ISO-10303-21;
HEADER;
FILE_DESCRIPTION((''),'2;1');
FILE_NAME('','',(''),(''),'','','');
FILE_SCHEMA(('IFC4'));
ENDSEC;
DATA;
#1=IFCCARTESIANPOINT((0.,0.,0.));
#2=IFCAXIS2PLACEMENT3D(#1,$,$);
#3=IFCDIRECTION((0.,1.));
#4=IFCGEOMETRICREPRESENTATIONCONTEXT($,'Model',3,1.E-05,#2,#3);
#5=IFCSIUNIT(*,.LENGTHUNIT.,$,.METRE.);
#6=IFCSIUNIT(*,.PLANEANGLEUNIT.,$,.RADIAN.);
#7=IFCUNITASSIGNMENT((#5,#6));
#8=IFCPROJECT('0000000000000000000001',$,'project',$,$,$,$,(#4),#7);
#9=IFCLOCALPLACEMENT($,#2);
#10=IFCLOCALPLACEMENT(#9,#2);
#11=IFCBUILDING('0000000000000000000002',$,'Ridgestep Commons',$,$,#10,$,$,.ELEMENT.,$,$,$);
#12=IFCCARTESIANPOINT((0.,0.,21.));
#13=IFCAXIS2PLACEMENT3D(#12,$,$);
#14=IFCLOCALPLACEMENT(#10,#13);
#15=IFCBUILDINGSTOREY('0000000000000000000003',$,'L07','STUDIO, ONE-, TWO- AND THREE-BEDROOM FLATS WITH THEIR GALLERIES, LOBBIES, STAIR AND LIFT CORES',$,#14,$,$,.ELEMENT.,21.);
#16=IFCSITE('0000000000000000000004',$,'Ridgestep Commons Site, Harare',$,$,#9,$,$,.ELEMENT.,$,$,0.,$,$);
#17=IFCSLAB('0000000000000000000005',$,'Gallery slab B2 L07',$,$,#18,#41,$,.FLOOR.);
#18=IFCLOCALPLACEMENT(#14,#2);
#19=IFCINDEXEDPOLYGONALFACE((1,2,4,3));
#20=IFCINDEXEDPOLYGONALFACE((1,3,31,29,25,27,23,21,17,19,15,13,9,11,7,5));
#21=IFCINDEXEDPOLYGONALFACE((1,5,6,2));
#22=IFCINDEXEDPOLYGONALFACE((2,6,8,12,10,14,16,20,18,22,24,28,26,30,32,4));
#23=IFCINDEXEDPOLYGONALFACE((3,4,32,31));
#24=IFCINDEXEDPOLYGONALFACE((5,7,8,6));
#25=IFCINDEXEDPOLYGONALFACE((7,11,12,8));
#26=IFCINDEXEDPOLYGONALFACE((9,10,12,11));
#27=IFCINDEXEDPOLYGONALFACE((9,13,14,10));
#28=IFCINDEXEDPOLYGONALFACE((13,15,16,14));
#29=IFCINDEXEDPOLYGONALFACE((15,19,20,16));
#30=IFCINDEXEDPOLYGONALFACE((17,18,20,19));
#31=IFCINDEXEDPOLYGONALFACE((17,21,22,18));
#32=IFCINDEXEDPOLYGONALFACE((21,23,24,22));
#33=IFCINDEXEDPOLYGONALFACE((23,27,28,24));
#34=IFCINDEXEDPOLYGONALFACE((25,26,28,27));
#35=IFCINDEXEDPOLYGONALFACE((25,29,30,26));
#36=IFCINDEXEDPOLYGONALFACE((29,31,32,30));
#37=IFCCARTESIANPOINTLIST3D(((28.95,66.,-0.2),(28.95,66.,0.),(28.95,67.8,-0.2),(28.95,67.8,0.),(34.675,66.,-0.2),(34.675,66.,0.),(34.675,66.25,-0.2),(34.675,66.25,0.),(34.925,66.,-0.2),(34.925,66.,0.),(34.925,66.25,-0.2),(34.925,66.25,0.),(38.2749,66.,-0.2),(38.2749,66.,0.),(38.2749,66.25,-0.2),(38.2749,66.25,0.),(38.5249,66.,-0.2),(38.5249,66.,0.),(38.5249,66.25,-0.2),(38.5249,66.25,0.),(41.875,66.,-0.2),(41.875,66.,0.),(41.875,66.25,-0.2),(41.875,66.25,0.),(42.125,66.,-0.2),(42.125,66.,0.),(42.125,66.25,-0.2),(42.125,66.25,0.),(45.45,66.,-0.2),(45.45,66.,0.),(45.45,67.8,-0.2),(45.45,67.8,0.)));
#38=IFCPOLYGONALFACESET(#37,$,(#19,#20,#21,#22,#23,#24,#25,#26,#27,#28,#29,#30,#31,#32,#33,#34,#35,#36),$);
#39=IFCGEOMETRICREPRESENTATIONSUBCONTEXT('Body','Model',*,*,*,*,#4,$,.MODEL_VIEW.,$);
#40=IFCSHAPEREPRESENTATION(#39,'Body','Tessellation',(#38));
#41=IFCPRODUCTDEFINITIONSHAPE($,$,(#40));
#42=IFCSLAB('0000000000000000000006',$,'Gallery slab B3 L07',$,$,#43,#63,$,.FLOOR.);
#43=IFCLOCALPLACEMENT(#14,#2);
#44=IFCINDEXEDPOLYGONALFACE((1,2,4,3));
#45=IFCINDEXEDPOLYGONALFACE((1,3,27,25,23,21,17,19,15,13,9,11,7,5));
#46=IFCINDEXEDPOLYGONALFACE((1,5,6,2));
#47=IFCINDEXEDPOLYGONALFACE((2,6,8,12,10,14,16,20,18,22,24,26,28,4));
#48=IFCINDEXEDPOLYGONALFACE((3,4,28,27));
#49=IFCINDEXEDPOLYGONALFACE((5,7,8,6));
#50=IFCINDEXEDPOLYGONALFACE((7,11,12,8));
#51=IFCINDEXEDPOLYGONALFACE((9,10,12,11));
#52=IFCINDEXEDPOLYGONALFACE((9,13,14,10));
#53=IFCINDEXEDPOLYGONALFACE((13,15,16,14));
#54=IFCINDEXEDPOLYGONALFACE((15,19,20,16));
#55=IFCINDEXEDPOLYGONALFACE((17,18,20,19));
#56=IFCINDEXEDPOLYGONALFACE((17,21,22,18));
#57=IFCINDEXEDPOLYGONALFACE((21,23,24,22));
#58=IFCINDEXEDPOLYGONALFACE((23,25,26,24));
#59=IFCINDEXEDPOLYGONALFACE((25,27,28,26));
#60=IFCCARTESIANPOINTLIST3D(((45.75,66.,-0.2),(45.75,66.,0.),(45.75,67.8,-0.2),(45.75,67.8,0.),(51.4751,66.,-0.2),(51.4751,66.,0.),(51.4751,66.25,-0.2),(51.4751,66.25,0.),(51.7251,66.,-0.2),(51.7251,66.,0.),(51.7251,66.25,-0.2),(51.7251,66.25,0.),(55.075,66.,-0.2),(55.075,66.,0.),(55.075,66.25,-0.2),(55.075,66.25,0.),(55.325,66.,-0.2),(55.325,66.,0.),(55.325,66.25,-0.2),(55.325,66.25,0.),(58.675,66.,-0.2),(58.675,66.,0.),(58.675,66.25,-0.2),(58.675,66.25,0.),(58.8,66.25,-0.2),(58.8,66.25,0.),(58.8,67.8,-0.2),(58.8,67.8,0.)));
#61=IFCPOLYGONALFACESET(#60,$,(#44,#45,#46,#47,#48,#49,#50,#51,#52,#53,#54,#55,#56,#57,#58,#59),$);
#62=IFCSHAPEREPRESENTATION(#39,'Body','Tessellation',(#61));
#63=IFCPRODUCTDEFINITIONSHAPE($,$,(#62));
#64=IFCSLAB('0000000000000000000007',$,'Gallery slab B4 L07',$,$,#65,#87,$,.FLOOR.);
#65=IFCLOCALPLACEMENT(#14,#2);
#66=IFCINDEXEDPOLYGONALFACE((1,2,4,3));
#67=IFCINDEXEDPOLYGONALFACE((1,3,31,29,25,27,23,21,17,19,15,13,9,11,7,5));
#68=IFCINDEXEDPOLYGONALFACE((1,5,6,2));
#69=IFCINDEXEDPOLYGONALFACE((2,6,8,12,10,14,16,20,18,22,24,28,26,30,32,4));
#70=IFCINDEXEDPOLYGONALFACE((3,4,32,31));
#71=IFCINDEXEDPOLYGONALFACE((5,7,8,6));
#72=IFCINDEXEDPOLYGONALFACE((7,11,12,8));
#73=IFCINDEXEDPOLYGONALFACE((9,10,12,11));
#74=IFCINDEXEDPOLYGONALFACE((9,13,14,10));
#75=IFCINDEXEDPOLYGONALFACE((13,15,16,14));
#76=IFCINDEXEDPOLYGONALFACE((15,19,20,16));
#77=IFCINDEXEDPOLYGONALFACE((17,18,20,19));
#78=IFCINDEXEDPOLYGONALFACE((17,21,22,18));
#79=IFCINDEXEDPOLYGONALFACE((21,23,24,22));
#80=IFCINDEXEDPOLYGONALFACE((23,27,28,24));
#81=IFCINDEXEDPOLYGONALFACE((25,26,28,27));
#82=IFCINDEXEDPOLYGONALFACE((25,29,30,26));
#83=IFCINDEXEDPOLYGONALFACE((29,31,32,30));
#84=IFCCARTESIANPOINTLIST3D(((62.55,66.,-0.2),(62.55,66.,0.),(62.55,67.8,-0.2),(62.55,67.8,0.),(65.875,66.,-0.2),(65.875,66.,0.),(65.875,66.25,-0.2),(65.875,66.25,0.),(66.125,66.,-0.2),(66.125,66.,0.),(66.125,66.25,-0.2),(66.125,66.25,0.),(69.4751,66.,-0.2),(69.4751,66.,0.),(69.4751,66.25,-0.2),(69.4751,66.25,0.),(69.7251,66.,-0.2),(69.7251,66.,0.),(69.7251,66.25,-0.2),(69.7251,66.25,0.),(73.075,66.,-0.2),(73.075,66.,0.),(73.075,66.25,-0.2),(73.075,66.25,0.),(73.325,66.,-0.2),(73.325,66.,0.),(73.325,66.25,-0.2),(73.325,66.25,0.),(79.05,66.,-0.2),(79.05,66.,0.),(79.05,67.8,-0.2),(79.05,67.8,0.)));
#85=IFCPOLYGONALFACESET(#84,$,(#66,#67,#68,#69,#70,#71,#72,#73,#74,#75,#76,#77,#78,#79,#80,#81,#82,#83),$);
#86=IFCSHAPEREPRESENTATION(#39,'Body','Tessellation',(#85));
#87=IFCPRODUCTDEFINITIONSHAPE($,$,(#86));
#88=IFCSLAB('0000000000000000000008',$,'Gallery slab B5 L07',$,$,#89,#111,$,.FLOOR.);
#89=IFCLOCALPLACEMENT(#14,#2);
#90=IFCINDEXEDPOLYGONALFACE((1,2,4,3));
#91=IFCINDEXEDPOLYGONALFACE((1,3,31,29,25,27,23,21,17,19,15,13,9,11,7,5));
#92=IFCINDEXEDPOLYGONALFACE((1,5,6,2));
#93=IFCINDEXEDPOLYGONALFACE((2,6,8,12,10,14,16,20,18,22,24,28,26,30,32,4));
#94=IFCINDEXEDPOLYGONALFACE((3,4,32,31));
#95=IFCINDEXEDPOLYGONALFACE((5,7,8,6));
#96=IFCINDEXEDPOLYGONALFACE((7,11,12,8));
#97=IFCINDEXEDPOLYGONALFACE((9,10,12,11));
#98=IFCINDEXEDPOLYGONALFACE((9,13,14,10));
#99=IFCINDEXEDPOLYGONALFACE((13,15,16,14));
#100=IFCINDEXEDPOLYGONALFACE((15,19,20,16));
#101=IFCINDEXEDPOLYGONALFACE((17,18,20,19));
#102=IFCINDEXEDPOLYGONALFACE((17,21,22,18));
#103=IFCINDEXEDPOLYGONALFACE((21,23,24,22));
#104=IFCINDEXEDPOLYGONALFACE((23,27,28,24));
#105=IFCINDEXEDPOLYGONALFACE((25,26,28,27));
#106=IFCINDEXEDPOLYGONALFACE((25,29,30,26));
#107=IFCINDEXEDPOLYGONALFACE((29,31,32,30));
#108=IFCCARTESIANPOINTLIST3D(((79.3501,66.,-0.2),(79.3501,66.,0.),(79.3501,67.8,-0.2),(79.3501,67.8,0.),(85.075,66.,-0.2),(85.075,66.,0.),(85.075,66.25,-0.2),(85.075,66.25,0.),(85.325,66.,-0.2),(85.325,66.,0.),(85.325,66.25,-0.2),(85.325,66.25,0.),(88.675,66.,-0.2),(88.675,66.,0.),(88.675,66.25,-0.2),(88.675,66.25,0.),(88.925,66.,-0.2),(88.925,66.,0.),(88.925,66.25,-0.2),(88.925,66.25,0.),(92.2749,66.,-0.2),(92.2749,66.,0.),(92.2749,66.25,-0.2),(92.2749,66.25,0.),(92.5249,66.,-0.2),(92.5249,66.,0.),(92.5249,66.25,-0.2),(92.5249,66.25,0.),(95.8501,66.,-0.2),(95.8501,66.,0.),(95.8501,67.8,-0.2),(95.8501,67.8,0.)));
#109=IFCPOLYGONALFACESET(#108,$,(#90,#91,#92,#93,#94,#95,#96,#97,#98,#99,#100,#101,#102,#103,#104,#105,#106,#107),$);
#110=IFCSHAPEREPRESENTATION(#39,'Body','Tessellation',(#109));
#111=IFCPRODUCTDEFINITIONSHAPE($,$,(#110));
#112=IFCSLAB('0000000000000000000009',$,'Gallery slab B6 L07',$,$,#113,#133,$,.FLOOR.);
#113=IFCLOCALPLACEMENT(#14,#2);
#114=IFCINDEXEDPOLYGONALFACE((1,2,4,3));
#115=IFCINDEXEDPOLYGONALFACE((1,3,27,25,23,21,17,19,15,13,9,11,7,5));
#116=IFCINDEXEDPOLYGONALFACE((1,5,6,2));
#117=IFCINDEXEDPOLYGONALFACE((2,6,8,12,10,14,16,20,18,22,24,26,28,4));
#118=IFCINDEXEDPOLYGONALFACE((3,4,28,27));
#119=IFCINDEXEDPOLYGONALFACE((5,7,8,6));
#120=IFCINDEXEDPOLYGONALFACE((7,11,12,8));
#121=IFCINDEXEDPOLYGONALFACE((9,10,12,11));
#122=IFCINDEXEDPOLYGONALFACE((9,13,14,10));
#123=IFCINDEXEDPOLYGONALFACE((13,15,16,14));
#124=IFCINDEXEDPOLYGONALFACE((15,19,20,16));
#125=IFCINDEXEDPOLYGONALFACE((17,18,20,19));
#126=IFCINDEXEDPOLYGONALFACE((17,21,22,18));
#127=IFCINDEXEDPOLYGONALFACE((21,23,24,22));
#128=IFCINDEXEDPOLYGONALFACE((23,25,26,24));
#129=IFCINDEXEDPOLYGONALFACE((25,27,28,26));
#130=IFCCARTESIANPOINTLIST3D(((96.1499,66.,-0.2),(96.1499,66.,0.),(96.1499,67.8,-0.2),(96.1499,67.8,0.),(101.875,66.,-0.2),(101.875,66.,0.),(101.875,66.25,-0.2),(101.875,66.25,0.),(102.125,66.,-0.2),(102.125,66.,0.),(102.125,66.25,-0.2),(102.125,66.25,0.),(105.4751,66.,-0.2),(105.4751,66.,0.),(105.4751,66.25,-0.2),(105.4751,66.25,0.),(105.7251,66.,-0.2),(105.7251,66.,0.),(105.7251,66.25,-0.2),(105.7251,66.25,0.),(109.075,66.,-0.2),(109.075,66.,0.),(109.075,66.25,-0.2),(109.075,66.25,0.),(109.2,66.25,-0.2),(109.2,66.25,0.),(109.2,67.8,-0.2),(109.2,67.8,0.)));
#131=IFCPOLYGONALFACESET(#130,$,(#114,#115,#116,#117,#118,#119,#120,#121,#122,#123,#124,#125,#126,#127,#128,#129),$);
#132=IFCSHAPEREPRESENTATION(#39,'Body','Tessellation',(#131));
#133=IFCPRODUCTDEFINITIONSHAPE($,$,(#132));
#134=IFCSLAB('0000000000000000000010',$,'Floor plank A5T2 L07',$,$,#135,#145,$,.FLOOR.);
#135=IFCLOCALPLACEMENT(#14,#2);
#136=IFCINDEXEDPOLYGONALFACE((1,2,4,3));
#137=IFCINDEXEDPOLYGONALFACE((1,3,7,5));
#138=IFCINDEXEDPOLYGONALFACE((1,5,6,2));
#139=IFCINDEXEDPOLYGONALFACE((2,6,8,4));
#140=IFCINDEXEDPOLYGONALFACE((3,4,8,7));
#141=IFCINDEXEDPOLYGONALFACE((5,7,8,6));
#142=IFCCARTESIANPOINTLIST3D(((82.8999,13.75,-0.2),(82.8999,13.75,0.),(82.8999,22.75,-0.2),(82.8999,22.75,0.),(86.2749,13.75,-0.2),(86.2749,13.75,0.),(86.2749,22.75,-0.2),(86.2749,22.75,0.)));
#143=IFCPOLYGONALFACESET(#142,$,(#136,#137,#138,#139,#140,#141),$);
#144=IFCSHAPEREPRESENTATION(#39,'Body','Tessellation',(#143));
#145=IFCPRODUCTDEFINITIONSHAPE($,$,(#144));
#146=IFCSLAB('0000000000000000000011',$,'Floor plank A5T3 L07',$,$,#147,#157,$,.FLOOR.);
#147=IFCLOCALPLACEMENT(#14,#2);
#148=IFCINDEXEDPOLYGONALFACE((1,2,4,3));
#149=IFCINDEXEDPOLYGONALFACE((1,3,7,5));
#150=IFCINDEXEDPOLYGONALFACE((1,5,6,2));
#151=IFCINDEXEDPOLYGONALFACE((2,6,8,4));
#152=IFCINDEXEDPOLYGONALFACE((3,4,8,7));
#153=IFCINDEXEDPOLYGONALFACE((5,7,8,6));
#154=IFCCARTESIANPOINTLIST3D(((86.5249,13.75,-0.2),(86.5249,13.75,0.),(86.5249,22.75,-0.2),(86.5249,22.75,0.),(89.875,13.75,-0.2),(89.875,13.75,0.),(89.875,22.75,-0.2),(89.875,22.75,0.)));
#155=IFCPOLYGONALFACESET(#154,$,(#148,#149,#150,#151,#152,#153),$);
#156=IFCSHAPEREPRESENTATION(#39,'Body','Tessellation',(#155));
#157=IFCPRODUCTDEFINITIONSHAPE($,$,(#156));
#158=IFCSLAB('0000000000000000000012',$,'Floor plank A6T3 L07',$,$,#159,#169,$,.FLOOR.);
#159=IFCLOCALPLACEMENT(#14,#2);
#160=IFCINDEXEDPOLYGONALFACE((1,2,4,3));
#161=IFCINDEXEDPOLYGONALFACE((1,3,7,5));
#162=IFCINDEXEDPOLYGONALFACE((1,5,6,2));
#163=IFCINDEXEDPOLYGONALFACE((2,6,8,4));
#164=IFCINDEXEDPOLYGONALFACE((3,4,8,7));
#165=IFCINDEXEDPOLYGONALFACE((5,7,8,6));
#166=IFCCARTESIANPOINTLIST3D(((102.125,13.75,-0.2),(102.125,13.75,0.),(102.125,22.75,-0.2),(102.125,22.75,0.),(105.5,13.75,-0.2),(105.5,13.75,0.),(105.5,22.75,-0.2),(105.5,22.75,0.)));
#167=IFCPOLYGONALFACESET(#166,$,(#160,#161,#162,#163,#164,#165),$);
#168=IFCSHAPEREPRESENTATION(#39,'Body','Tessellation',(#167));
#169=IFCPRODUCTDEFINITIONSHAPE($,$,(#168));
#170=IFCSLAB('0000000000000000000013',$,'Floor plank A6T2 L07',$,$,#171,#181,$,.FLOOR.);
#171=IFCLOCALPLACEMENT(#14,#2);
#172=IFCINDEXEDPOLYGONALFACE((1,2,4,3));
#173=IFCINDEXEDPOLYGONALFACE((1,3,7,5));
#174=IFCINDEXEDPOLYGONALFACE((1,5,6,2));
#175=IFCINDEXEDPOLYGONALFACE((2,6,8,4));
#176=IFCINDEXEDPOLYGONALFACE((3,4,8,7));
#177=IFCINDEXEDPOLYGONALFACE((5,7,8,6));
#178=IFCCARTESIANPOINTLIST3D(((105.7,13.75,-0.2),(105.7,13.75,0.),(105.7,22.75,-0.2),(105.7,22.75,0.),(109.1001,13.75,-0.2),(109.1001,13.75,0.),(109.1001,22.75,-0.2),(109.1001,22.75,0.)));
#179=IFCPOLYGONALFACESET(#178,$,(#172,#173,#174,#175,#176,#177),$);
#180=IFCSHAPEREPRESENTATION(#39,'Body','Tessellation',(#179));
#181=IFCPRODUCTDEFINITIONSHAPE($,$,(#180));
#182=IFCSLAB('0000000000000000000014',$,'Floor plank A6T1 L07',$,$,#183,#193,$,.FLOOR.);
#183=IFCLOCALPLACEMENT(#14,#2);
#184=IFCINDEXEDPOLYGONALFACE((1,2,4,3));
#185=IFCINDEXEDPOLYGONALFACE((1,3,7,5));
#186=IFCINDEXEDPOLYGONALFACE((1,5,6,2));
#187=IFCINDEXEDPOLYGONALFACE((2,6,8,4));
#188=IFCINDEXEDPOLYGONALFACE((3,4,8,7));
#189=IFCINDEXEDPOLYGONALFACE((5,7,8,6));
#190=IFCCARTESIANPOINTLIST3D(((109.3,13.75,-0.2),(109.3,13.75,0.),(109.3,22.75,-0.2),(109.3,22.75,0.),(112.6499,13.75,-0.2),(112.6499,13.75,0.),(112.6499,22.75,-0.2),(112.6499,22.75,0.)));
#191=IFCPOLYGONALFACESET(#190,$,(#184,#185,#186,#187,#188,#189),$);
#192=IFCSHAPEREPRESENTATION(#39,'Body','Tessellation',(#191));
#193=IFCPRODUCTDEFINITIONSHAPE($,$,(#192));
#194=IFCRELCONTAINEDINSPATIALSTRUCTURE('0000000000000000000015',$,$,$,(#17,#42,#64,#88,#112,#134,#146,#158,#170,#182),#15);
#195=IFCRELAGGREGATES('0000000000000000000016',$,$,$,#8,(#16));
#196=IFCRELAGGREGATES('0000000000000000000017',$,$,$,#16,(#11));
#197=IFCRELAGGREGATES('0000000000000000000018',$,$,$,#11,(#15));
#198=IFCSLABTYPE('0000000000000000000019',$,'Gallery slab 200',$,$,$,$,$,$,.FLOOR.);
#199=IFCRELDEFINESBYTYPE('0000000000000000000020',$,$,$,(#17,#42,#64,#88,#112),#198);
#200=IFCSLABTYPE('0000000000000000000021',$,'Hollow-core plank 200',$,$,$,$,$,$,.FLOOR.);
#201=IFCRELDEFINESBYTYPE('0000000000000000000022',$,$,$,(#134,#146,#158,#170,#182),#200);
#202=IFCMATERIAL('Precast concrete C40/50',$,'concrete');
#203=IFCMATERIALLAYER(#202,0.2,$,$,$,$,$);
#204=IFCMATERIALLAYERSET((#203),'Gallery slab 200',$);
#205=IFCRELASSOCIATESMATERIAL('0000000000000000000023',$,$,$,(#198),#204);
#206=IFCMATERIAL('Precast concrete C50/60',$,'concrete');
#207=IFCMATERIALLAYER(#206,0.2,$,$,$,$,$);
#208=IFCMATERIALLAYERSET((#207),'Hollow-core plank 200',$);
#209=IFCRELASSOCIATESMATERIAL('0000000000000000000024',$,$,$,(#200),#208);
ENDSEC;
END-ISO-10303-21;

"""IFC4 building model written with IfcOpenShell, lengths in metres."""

from ifc_helpers import new_model, si_unit, direction, frame, origin, place, context, subcontext, project, spatial, polyline, outline, extrude, material, layer, layer_set, type_object, element, save


model = new_model("IFC4")

# Units and contexts
model_context = context("Model", 3, precision=1e-05, world=origin(), true_north=direction((0.0, 1.0)))
body_context = subcontext(model_context, "Body", "Model", "MODEL_VIEW")
ifc_project = project(units=[si_unit("LENGTHUNIT", "METRE"), si_unit("PLANEANGLEUNIT", "RADIAN")], contexts=[model_context])

# Site, building, storey
site_placement = place(None, origin())
site = spatial("IfcSite", under=ifc_project, at=site_placement, Name="Ridgestep Commons Site, Harare", CompositionType="ELEMENT", RefElevation=0.0)
building_placement = place(site_placement, origin())
building = spatial("IfcBuilding", under=site, at=building_placement, Name="Ridgestep Commons", CompositionType="ELEMENT")
storey_placement = place(building_placement, frame((0.0, 0.0, 21.0)))
storey = spatial("IfcBuildingStorey", under=building, at=storey_placement, Name="L07", Description="STUDIO, ONE-, TWO- AND THREE-BEDROOM FLATS WITH THEIR GALLERIES, LOBBIES, STAIR AND LIFT CORES", CompositionType="ELEMENT", Elevation=21.0)

# Slabs
ifc_material_1 = material(Name="Precast concrete C40/50", Category="concrete")
ifc_layer_1 = layer(ifc_material_1, 0.2)
ifc_layer_set_1 = layer_set([ifc_layer_1], Name="Gallery slab 200")
slab_type_1 = type_object("IfcSlabType", Name="Gallery slab 200", PredefinedType="FLOOR", material=ifc_layer_set_1)
slab_1_placement = place(storey_placement, frame((0.0, 0.0, -0.2)))
element("IfcSlab", 1, at=slab_1_placement, inside=storey, type_object=slab_type_1, Name="Gallery slab B2 L07", PredefinedType="FLOOR", context=body_context, shape_type="SweptSolid", body=[
    extrude(outline(polyline([(45.45, 67.8), (28.95, 67.8), (28.95, 66.0), (34.675, 66.0), (34.675, 66.25), (34.925, 66.25), (34.925, 66.0), (38.2749, 66.0), (38.2749, 66.25), (38.5249, 66.25), (38.5249, 66.0), (41.875, 66.0), (41.875, 66.25), (42.125, 66.25), (42.125, 66.0), (45.45, 66.0), (45.45, 67.8)])), origin(), (0.0, 0.0, 1.0), 0.2),
])
slab_2_placement = place(storey_placement, frame((0.0, 0.0, -0.2)))
element("IfcSlab", 2, at=slab_2_placement, inside=storey, type_object=slab_type_1, Name="Gallery slab B3 L07", PredefinedType="FLOOR", context=body_context, shape_type="SweptSolid", body=[
    extrude(outline(polyline([(58.8, 67.8), (45.75, 67.8), (45.75, 66.0), (51.4751, 66.0), (51.4751, 66.25), (51.7251, 66.25), (51.7251, 66.0), (55.075, 66.0), (55.075, 66.25), (55.325, 66.25), (55.325, 66.0), (58.675, 66.0), (58.675, 66.25), (58.8, 66.25), (58.8, 67.8)])), origin(), (0.0, 0.0, 1.0), 0.2),
])
slab_3_placement = place(storey_placement, frame((0.0, 0.0, -0.2)))
element("IfcSlab", 3, at=slab_3_placement, inside=storey, type_object=slab_type_1, Name="Gallery slab B4 L07", PredefinedType="FLOOR", context=body_context, shape_type="SweptSolid", body=[
    extrude(outline(polyline([(79.05, 67.8), (62.55, 67.8), (62.55, 66.0), (65.875, 66.0), (65.875, 66.25), (66.125, 66.25), (66.125, 66.0), (69.4751, 66.0), (69.4751, 66.25), (69.7251, 66.25), (69.7251, 66.0), (73.075, 66.0), (73.075, 66.25), (73.325, 66.25), (73.325, 66.0), (79.05, 66.0), (79.05, 67.8)])), origin(), (0.0, 0.0, 1.0), 0.2),
])
slab_4_placement = place(storey_placement, frame((0.0, 0.0, -0.2)))
element("IfcSlab", 4, at=slab_4_placement, inside=storey, type_object=slab_type_1, Name="Gallery slab B5 L07", PredefinedType="FLOOR", context=body_context, shape_type="SweptSolid", body=[
    extrude(outline(polyline([(95.8501, 67.8), (79.3501, 67.8), (79.3501, 66.0), (85.075, 66.0), (85.075, 66.25), (85.325, 66.25), (85.325, 66.0), (88.675, 66.0), (88.675, 66.25), (88.925, 66.25), (88.925, 66.0), (92.2749, 66.0), (92.2749, 66.25), (92.5249, 66.25), (92.5249, 66.0), (95.8501, 66.0), (95.8501, 67.8)])), origin(), (0.0, 0.0, 1.0), 0.2),
])
slab_5_placement = place(storey_placement, frame((0.0, 0.0, -0.2)))
element("IfcSlab", 5, at=slab_5_placement, inside=storey, type_object=slab_type_1, Name="Gallery slab B6 L07", PredefinedType="FLOOR", context=body_context, shape_type="SweptSolid", body=[
    extrude(outline(polyline([(109.2, 67.8), (96.1499, 67.8), (96.1499, 66.0), (101.875, 66.0), (101.875, 66.25), (102.125, 66.25), (102.125, 66.0), (105.4751, 66.0), (105.4751, 66.25), (105.7251, 66.25), (105.7251, 66.0), (109.075, 66.0), (109.075, 66.25), (109.2, 66.25), (109.2, 67.8)])), origin(), (0.0, 0.0, 1.0), 0.2),
])
ifc_material_2 = material(Name="Precast concrete C50/60", Category="concrete")
ifc_layer_2 = layer(ifc_material_2, 0.2)
ifc_layer_set_2 = layer_set([ifc_layer_2], Name="Hollow-core plank 200")
slab_type_2 = type_object("IfcSlabType", Name="Hollow-core plank 200", PredefinedType="FLOOR", material=ifc_layer_set_2)
slab_6_placement = place(storey_placement, frame((0.0, 0.0, -0.2)))
element("IfcSlab", 6, at=slab_6_placement, inside=storey, type_object=slab_type_2, Name="Floor plank A5T2 L07", PredefinedType="FLOOR", context=body_context, shape_type="SweptSolid", body=[
    extrude(outline(polyline([(86.2749, 13.75), (86.2749, 22.75), (82.8999, 22.75), (82.8999, 13.75), (86.2749, 13.75)])), origin(), (0.0, 0.0, 1.0), 0.2),
])
slab_7_placement = place(storey_placement, frame((0.0, 0.0, -0.2)))
element("IfcSlab", 7, at=slab_7_placement, inside=storey, type_object=slab_type_2, Name="Floor plank A5T3 L07", PredefinedType="FLOOR", context=body_context, shape_type="SweptSolid", body=[
    extrude(outline(polyline([(89.875, 13.75), (89.875, 22.75), (86.5249, 22.75), (86.5249, 13.75), (89.875, 13.75)])), origin(), (0.0, 0.0, 1.0), 0.2),
])
slab_8_placement = place(storey_placement, frame((0.0, 0.0, -0.2)))
element("IfcSlab", 8, at=slab_8_placement, inside=storey, type_object=slab_type_2, Name="Floor plank A6T3 L07", PredefinedType="FLOOR", context=body_context, shape_type="SweptSolid", body=[
    extrude(outline(polyline([(105.5, 13.75), (105.5, 22.75), (102.125, 22.75), (102.125, 13.75), (105.5, 13.75)])), origin(), (0.0, 0.0, 1.0), 0.2),
])
slab_9_placement = place(storey_placement, frame((0.0, 0.0, -0.2)))
element("IfcSlab", 9, at=slab_9_placement, inside=storey, type_object=slab_type_2, Name="Floor plank A6T2 L07", PredefinedType="FLOOR", context=body_context, shape_type="SweptSolid", body=[
    extrude(outline(polyline([(109.1001, 13.75), (109.1001, 22.75), (105.7, 22.75), (105.7, 13.75), (109.1001, 13.75)])), origin(), (0.0, 0.0, 1.0), 0.2),
])
slab_10_placement = place(storey_placement, frame((0.0, 0.0, -0.2)))
element("IfcSlab", 10, at=slab_10_placement, inside=storey, type_object=slab_type_2, Name="Floor plank A6T1 L07", PredefinedType="FLOOR", context=body_context, shape_type="SweptSolid", body=[
    extrude(outline(polyline([(112.6499, 13.75), (112.6499, 22.75), (109.3, 22.75), (109.3, 13.75), (112.6499, 13.75)])), origin(), (0.0, 0.0, 1.0), 0.2),
])

save(model, "model.ifc")
